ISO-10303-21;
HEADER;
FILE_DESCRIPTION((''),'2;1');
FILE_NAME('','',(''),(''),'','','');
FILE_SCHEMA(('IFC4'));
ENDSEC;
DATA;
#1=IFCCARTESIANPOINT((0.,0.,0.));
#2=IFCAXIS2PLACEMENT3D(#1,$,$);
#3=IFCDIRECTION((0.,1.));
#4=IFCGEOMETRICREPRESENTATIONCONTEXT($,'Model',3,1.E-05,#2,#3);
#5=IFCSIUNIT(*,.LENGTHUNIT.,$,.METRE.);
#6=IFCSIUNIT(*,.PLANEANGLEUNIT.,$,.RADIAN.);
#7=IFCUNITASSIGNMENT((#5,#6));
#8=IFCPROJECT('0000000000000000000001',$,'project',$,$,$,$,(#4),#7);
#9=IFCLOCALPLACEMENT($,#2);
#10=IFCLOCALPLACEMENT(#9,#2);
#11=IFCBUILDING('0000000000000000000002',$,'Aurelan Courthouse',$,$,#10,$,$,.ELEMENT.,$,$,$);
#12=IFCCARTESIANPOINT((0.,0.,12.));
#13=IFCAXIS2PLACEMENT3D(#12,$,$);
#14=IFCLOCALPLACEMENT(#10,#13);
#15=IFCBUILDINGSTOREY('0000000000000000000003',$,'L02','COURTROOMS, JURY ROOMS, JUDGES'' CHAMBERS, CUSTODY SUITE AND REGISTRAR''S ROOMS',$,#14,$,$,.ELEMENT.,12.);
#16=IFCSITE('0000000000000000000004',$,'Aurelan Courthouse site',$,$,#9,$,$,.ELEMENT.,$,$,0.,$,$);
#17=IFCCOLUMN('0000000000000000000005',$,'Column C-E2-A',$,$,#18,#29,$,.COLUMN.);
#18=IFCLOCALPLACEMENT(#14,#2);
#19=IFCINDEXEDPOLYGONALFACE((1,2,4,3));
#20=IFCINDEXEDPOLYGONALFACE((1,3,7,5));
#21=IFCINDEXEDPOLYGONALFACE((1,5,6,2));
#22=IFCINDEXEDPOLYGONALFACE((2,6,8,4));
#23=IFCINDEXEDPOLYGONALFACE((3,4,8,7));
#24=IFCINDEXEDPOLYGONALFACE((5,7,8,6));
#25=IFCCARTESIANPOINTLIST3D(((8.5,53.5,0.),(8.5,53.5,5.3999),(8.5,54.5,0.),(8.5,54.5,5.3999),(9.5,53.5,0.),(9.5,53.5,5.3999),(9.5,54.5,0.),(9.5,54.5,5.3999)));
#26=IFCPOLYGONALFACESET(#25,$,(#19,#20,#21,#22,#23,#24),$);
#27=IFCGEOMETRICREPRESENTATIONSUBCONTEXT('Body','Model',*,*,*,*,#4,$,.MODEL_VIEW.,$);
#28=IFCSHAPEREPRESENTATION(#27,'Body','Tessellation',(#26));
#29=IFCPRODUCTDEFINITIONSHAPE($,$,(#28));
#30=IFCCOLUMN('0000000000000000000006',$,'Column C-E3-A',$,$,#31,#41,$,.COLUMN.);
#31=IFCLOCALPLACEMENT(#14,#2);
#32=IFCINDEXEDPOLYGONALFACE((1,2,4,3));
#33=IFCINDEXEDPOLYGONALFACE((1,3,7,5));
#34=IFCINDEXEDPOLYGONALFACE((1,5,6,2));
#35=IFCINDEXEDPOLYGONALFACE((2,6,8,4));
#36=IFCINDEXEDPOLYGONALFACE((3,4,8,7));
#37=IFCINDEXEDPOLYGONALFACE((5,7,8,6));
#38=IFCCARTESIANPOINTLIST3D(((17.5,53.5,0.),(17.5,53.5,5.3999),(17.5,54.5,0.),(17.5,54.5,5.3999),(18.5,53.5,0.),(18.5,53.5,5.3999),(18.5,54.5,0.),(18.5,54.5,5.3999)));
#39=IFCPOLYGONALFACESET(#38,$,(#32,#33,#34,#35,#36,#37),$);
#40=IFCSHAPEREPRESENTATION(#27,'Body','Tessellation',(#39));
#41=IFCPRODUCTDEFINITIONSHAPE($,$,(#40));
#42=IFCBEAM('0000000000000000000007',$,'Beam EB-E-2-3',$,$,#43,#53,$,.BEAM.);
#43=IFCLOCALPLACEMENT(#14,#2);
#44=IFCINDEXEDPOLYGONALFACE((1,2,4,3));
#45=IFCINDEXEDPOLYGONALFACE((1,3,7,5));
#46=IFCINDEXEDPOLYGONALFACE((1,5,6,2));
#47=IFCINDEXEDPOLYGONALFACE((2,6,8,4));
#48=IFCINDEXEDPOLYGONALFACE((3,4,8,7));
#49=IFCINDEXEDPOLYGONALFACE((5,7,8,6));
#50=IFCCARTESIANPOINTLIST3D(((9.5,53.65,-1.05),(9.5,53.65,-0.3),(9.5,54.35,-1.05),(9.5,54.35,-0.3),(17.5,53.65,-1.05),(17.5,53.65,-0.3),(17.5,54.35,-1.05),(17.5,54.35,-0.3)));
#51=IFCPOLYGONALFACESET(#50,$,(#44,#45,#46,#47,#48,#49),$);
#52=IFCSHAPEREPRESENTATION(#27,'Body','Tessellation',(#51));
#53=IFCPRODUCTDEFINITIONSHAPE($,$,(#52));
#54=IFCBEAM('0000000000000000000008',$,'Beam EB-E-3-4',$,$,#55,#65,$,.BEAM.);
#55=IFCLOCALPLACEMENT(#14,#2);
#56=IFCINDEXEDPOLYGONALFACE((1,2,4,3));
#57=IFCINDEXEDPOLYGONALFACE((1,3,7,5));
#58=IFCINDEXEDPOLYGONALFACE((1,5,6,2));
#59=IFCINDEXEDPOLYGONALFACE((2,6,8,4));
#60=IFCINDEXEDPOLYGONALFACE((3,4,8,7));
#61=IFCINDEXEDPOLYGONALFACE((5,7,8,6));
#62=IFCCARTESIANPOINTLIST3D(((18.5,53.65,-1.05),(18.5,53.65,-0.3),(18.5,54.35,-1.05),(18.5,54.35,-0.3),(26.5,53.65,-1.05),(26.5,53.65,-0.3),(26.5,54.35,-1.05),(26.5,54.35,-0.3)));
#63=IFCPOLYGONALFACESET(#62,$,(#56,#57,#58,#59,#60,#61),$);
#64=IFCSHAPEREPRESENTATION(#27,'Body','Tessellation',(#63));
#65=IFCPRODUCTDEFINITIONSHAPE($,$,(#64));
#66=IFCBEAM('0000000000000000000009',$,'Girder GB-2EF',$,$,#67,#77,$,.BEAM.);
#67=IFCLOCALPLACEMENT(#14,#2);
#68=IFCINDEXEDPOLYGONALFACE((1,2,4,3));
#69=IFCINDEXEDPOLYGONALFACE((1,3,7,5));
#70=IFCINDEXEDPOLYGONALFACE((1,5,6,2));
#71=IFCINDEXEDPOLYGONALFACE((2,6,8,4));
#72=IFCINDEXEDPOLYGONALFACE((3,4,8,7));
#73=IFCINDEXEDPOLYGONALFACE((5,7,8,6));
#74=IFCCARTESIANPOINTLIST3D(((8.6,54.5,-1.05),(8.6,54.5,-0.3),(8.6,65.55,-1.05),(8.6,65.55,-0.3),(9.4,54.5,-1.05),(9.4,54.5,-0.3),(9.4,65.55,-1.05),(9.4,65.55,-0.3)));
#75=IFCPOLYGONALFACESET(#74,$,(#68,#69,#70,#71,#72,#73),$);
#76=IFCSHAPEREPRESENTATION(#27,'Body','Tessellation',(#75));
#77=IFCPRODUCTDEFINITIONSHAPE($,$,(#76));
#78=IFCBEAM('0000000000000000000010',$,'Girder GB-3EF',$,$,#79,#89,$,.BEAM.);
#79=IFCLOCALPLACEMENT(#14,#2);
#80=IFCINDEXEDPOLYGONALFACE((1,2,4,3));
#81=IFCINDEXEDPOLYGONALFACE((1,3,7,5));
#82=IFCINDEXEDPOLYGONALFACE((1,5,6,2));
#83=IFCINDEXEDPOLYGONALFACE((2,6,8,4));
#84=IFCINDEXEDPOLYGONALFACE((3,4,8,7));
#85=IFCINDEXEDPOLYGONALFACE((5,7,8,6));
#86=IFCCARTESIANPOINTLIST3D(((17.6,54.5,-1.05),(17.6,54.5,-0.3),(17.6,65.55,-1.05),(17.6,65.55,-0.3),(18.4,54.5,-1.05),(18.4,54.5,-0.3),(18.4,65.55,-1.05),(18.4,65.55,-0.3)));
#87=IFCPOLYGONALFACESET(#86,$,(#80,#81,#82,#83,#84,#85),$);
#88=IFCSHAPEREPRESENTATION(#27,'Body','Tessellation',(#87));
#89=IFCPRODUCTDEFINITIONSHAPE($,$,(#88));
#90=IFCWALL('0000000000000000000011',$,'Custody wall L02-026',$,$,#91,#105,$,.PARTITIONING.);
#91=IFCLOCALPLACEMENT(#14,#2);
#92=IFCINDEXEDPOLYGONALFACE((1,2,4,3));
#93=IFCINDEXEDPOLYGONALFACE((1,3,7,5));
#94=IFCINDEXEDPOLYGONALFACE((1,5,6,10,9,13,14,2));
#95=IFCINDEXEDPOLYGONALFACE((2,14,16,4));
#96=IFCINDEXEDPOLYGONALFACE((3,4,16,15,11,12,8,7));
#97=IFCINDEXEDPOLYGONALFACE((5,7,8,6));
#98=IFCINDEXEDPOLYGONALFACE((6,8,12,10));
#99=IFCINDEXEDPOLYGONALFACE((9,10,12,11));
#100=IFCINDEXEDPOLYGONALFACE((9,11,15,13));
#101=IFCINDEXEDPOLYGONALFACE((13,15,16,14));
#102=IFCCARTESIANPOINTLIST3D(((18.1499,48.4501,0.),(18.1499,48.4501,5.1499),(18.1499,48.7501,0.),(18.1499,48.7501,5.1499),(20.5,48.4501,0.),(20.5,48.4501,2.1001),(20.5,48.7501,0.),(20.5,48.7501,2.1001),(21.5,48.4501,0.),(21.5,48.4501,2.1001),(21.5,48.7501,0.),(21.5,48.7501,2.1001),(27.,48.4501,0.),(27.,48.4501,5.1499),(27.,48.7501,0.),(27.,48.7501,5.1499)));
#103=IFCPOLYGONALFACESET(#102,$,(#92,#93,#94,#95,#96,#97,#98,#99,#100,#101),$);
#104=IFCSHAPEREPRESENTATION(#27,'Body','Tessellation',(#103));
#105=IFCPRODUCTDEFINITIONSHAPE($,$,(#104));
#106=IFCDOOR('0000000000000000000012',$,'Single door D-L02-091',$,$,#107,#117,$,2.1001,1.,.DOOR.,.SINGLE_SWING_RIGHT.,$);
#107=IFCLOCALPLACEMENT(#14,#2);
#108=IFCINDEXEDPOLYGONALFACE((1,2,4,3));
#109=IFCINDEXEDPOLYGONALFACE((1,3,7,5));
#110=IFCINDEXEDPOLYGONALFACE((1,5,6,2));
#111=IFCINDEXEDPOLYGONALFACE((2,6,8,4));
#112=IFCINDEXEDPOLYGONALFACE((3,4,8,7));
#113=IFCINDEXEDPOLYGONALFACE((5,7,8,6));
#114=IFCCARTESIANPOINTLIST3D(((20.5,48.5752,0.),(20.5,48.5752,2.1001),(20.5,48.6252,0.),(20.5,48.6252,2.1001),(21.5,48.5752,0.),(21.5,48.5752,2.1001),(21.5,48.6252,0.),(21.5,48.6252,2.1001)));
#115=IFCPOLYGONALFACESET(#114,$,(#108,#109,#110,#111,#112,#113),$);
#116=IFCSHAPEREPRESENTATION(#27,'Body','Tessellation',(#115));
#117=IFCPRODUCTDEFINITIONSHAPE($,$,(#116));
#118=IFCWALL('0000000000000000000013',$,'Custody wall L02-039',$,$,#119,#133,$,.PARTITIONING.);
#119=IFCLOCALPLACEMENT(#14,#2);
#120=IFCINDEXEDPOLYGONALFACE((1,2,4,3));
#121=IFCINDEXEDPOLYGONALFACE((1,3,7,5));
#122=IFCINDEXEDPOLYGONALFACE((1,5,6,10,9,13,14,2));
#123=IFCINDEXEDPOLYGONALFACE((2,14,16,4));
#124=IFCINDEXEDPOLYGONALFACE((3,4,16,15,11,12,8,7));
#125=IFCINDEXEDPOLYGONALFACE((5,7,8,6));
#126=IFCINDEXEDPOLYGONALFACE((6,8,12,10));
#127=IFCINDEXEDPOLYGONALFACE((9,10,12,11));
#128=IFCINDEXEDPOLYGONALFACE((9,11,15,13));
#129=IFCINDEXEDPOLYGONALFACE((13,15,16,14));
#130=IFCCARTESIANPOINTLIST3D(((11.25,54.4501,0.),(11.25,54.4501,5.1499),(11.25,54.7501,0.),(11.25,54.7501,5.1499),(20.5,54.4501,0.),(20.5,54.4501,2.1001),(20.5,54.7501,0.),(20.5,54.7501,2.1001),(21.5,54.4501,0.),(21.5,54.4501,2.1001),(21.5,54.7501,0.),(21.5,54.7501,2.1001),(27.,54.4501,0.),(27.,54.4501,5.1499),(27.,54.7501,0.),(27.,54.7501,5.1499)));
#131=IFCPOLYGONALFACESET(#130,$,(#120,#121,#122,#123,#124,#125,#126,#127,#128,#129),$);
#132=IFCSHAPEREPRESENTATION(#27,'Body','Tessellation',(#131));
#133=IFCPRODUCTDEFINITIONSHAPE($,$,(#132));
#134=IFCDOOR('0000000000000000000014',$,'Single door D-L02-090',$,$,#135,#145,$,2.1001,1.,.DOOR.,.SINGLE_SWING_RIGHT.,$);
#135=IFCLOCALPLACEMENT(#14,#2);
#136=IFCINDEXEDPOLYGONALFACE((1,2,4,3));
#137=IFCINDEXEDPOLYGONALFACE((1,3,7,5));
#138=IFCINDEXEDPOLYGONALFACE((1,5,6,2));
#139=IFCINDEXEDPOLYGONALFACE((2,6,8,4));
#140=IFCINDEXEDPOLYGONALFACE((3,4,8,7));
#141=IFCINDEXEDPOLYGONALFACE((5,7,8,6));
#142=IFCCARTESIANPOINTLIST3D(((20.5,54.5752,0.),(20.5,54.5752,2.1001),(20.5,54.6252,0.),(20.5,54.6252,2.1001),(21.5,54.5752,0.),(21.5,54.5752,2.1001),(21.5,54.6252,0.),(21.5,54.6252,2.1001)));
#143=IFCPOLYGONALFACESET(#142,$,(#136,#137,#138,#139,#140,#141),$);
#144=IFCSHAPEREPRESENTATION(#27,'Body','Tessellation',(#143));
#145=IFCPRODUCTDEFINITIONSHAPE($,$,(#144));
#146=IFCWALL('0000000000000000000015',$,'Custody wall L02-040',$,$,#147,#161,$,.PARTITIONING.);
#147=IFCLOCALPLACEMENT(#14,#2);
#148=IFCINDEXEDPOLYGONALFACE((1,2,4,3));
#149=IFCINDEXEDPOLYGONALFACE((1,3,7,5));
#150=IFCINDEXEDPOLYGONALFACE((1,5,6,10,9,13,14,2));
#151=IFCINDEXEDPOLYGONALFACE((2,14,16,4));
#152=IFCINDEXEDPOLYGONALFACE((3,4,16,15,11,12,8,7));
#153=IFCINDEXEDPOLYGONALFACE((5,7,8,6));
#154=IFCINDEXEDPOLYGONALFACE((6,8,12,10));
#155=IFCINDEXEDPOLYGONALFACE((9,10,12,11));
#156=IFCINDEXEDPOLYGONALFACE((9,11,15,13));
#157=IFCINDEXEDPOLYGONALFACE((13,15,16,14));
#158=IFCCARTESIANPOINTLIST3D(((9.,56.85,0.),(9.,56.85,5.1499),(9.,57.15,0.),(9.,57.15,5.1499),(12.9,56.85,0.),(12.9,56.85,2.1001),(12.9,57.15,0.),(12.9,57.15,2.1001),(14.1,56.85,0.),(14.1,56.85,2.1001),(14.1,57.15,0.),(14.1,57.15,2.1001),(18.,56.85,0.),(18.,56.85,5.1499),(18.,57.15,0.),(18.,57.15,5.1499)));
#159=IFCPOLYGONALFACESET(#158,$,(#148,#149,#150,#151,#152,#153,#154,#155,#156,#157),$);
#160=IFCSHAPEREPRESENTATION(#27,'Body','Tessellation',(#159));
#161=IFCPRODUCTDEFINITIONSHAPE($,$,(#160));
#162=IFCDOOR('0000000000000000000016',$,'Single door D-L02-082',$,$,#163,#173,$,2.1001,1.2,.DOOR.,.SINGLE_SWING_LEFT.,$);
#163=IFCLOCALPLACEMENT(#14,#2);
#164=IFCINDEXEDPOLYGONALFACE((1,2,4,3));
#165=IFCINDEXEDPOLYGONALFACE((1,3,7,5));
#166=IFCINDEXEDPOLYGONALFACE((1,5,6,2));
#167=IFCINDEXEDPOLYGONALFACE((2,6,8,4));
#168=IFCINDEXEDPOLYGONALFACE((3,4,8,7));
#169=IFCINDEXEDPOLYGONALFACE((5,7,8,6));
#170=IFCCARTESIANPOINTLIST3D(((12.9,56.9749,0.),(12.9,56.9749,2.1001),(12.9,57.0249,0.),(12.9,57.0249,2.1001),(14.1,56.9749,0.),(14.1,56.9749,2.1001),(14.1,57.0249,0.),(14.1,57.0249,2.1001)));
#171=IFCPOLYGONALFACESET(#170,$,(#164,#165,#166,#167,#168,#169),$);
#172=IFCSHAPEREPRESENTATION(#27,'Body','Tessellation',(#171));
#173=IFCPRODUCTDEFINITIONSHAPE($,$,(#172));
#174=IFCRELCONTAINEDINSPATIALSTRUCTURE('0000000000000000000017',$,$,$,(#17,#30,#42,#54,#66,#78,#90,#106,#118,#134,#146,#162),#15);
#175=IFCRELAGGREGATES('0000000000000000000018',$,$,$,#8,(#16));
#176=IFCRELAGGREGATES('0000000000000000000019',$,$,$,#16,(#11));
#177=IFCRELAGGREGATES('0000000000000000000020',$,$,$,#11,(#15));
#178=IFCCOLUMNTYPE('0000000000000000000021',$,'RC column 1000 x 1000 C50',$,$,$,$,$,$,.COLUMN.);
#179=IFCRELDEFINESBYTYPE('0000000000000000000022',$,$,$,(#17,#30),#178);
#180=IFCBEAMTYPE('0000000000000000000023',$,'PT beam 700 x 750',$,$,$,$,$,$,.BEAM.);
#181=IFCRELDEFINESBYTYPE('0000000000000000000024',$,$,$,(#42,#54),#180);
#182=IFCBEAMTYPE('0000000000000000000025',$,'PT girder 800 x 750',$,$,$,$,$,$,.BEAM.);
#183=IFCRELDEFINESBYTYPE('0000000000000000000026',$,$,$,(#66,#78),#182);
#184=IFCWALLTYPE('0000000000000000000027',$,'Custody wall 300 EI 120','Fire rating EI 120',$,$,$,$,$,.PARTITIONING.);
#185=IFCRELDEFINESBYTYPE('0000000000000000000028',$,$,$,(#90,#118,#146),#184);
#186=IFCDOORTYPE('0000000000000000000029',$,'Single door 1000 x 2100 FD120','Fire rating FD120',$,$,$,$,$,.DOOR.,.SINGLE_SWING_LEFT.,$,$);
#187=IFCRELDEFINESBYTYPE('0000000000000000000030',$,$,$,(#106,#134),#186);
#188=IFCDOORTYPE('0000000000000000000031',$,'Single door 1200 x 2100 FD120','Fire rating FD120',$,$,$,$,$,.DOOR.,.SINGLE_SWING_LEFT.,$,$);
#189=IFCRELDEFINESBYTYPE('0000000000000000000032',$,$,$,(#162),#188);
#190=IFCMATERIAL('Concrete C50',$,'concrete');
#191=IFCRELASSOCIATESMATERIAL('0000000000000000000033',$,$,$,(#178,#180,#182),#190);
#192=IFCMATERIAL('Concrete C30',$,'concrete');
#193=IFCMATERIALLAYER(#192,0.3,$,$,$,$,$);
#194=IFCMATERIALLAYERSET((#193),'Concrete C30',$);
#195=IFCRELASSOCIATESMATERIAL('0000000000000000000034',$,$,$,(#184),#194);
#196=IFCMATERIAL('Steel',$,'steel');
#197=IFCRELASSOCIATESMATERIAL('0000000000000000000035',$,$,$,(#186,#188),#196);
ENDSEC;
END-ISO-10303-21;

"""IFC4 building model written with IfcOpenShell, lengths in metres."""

from ifc_helpers import new_model, si_unit, direction, frame, frame_2d, origin, origin_2d, place, context, subcontext, project, spatial, rectangle, extrude, material, layer, layer_set, material_profile, profile_set, type_object, element, fill, save


model = new_model("IFC4")

# Units and contexts
model_context = context("Model", 3, precision=1e-05, world=origin(), true_north=direction((0.0, 1.0)))
body_context = subcontext(model_context, "Body", "Model", "MODEL_VIEW")
ifc_project = project(units=[si_unit("LENGTHUNIT", "METRE"), si_unit("PLANEANGLEUNIT", "RADIAN")], contexts=[model_context])

# Site, building, storey
site_placement = place(None, origin())
site = spatial("IfcSite", under=ifc_project, at=site_placement, Name="Aurelan Courthouse site", CompositionType="ELEMENT", RefElevation=0.0)
building_placement = place(site_placement, origin())
building = spatial("IfcBuilding", under=site, at=building_placement, Name="Aurelan Courthouse", CompositionType="ELEMENT")
storey_placement = place(building_placement, frame((0.0, 0.0, 12.0)))
storey = spatial("IfcBuildingStorey", under=building, at=storey_placement, Name="L02", Description="COURTROOMS, JURY ROOMS, JUDGES' CHAMBERS, CUSTODY SUITE AND REGISTRAR'S ROOMS", CompositionType="ELEMENT", Elevation=12.0)

# Columns
ifc_material_1 = material(Name="Concrete C50", Category="concrete")
ifc_material_profile_1 = material_profile(ifc_material_1, rectangle(XDim=1.0, YDim=1.0, at=origin_2d()), Name="RC 1000 x 1000")
ifc_profile_set_1 = profile_set([ifc_material_profile_1], Name="Concrete C50")
column_type = type_object("IfcColumnType", Name="RC column 1000 x 1000 C50", PredefinedType="COLUMN", material=ifc_profile_set_1)
for number, where, z_axis, x_axis, name in (
    (1, (9.0, 54.0, 0.0), (0.0, 0.0, 1.0), (1.0, 0.0, 0.0), "Column C-E2-A"),
    (2, (18.0, 54.0, 0.0), (0.0, 0.0, 1.0), (1.0, 0.0, 0.0), "Column C-E3-A"),
):
    element("IfcColumn", number, at=place(storey_placement, frame(where, z_axis=z_axis, x_axis=x_axis)), inside=storey, type_object=column_type, Name=name, PredefinedType="COLUMN", context=body_context, shape_type="SweptSolid", body=[
        extrude(rectangle(XDim=1.0, YDim=1.0, at=origin_2d()), origin(), (0.0, 0.0, 1.0), 5.3999),
    ])

# Beams
ifc_material_profile_2 = material_profile(ifc_material_1, rectangle(XDim=0.7, YDim=0.75, at=origin_2d()), Name="RC 700 x 750")
ifc_profile_set_2 = profile_set([ifc_material_profile_2], Name="Concrete C50")
beam_type_1 = type_object("IfcBeamType", Name="PT beam 700 x 750", PredefinedType="BEAM", material=ifc_profile_set_2)
for number, where, z_axis, x_axis, name in (
    (3, (9.5, 54.0, -0.675), (1.0, 0.0, 0.0), (0.0, 1.0, 0.0), "Beam EB-E-2-3"),
    (4, (18.5, 54.0, -0.675), (1.0, 0.0, 0.0), (0.0, 1.0, 0.0), "Beam EB-E-3-4"),
):
    element("IfcBeam", number, at=place(storey_placement, frame(where, z_axis=z_axis, x_axis=x_axis)), inside=storey, type_object=beam_type_1, Name=name, PredefinedType="BEAM", context=body_context, shape_type="SweptSolid", body=[
        extrude(rectangle(XDim=0.7, YDim=0.75, at=origin_2d()), origin(), (0.0, 0.0, 1.0), 8.0),
    ])
ifc_material_profile_3 = material_profile(ifc_material_1, rectangle(XDim=0.8, YDim=0.75, at=origin_2d()), Name="RC 800 x 750")
ifc_profile_set_3 = profile_set([ifc_material_profile_3], Name="Concrete C50")
beam_type_2 = type_object("IfcBeamType", Name="PT girder 800 x 750", PredefinedType="BEAM", material=ifc_profile_set_3)
for number, where, z_axis, x_axis, name in (
    (5, (9.0, 54.5, -0.675), (0.0, 1.0, 0.0), (-1.0, 0.0, 0.0), "Girder GB-2EF"),
    (6, (18.0, 54.5, -0.675), (0.0, 1.0, 0.0), (-1.0, 0.0, 0.0), "Girder GB-3EF"),
):
    element("IfcBeam", number, at=place(storey_placement, frame(where, z_axis=z_axis, x_axis=x_axis)), inside=storey, type_object=beam_type_2, Name=name, PredefinedType="BEAM", context=body_context, shape_type="SweptSolid", body=[
        extrude(rectangle(XDim=0.8, YDim=0.75, at=origin_2d()), origin(), (0.0, 0.0, 1.0), 11.05),
    ])

# Walls, openings, doors
ifc_material_2 = material(Name="Concrete C30", Category="concrete")
ifc_layer_1 = layer(ifc_material_2, 0.3)
ifc_layer_set_1 = layer_set([ifc_layer_1], Name="Concrete C30")
wall_type_1 = type_object("IfcWallType", Name="Custody wall 300 EI 120", Description="Fire rating EI 120", PredefinedType="PARTITIONING", material=ifc_layer_set_1)
wall_1_placement = place(storey_placement, frame((18.1499, 48.6001, 0.0), z_axis=(0.0, 0.0, 1.0), x_axis=(1.0, 0.0, 0.0)))
wall_1 = element("IfcWall", 7, at=wall_1_placement, inside=storey, type_object=wall_type_1, Name="Custody wall L02-026", PredefinedType="PARTITIONING", context=body_context, shape_type="SweptSolid", body=[
    extrude(rectangle(XDim=8.8501, YDim=0.3, at=frame_2d((4.425, 0.0))), origin(), (0.0, 0.0, 1.0), 5.1499),
])
opening_1_placement = place(wall_1_placement, frame((3.3501, 0.0, 0.0), z_axis=(0.0, 0.0, 1.0), x_axis=(-1.0, 0.0, 0.0)))
opening_1 = element("IfcOpeningElement", 8, at=opening_1_placement, cuts=wall_1, PredefinedType="OPENING", context=body_context, shape_type="SweptSolid", body=[
    extrude(rectangle(XDim=1.0, YDim=2.1001, at=frame_2d((0.5, 1.05))), frame((0.0, 0.1599, 0.0), z_axis=(0.0, -1.0, 0.0), x_axis=(1.0, 0.0, 0.0)), (0.0, 0.0, 1.0), 0.3201),
])
ifc_material_3 = material(Name="Steel", Category="steel")
door_type_1 = type_object("IfcDoorType", Name="Single door 1000 x 2100 FD120", Description="Fire rating FD120", OperationType="SINGLE_SWING_LEFT", PredefinedType="DOOR", material=ifc_material_3)
door_1_placement = place(opening_1_placement, origin())
door_1 = element("IfcDoor", 9, at=door_1_placement, inside=storey, type_object=door_type_1, Name="Single door D-L02-091", OperationType="SINGLE_SWING_RIGHT", OverallHeight=2.1001, OverallWidth=1.0, PredefinedType="DOOR", context=body_context, shape_type="SweptSolid", body=[
    extrude(rectangle(XDim=1.0, YDim=2.1001, at=frame_2d((0.5, 1.05))), frame((0.0, 0.0249, 0.0), z_axis=(0.0, -1.0, 0.0), x_axis=(1.0, 0.0, 0.0)), (0.0, 0.0, 1.0), 0.05),
])
fill(opening_1, door_1)
wall_2_placement = place(storey_placement, frame((11.25, 54.6001, 0.0), z_axis=(0.0, 0.0, 1.0), x_axis=(1.0, 0.0, 0.0)))
wall_2 = element("IfcWall", 10, at=wall_2_placement, inside=storey, type_object=wall_type_1, Name="Custody wall L02-039", PredefinedType="PARTITIONING", context=body_context, shape_type="SweptSolid", body=[
    extrude(rectangle(XDim=15.75, YDim=0.3, at=frame_2d((7.875, 0.0))), origin(), (0.0, 0.0, 1.0), 5.1499),
])
opening_2_placement = place(wall_2_placement, frame((10.25, 0.0, 0.0), z_axis=(0.0, 0.0, 1.0), x_axis=(-1.0, 0.0, 0.0)))
opening_2 = element("IfcOpeningElement", 11, at=opening_2_placement, cuts=wall_2, PredefinedType="OPENING", context=body_context, shape_type="SweptSolid", body=[
    extrude(rectangle(XDim=1.0, YDim=2.1001, at=frame_2d((0.5, 1.05))), frame((0.0, 0.1599, 0.0), z_axis=(0.0, -1.0, 0.0), x_axis=(1.0, 0.0, 0.0)), (0.0, 0.0, 1.0), 0.3201),
])
door_2_placement = place(opening_2_placement, origin())
door_2 = element("IfcDoor", 12, at=door_2_placement, inside=storey, type_object=door_type_1, Name="Single door D-L02-090", OperationType="SINGLE_SWING_RIGHT", OverallHeight=2.1001, OverallWidth=1.0, PredefinedType="DOOR", context=body_context, shape_type="SweptSolid", body=[
    extrude(rectangle(XDim=1.0, YDim=2.1001, at=frame_2d((0.5, 1.05))), frame((0.0, 0.0249, 0.0), z_axis=(0.0, -1.0, 0.0), x_axis=(1.0, 0.0, 0.0)), (0.0, 0.0, 1.0), 0.05),
])
fill(opening_2, door_2)
wall_3_placement = place(storey_placement, frame((9.0, 57.0, 0.0), z_axis=(0.0, 0.0, 1.0), x_axis=(1.0, 0.0, 0.0)))
wall_3 = element("IfcWall", 13, at=wall_3_placement, inside=storey, type_object=wall_type_1, Name="Custody wall L02-040", PredefinedType="PARTITIONING", context=body_context, shape_type="SweptSolid", body=[
    extrude(rectangle(XDim=9.0, YDim=0.3, at=frame_2d((4.5, 0.0))), origin(), (0.0, 0.0, 1.0), 5.1499),
])
opening_3_placement = place(wall_3_placement, frame((3.8999, 0.0, 0.0)))
opening_3 = element("IfcOpeningElement", 14, at=opening_3_placement, cuts=wall_3, PredefinedType="OPENING", context=body_context, shape_type="SweptSolid", body=[
    extrude(rectangle(XDim=1.2, YDim=2.1001, at=frame_2d((0.6001, 1.05))), frame((0.0, 0.1599, 0.0), z_axis=(0.0, -1.0, 0.0), x_axis=(1.0, 0.0, 0.0)), (0.0, 0.0, 1.0), 0.3201),
])
door_type_2 = type_object("IfcDoorType", Name="Single door 1200 x 2100 FD120", Description="Fire rating FD120", OperationType="SINGLE_SWING_LEFT", PredefinedType="DOOR", material=ifc_material_3)
door_3_placement = place(opening_3_placement, origin())
door_3 = element("IfcDoor", 15, at=door_3_placement, inside=storey, type_object=door_type_2, Name="Single door D-L02-082", OperationType="SINGLE_SWING_LEFT", OverallHeight=2.1001, OverallWidth=1.2, PredefinedType="DOOR", context=body_context, shape_type="SweptSolid", body=[
    extrude(rectangle(XDim=1.2, YDim=2.1001, at=frame_2d((0.6001, 1.05))), frame((0.0, 0.0249, 0.0), z_axis=(0.0, -1.0, 0.0), x_axis=(1.0, 0.0, 0.0)), (0.0, 0.0, 1.0), 0.05),
])
fill(opening_3, door_3)

save(model, "model.ifc")
